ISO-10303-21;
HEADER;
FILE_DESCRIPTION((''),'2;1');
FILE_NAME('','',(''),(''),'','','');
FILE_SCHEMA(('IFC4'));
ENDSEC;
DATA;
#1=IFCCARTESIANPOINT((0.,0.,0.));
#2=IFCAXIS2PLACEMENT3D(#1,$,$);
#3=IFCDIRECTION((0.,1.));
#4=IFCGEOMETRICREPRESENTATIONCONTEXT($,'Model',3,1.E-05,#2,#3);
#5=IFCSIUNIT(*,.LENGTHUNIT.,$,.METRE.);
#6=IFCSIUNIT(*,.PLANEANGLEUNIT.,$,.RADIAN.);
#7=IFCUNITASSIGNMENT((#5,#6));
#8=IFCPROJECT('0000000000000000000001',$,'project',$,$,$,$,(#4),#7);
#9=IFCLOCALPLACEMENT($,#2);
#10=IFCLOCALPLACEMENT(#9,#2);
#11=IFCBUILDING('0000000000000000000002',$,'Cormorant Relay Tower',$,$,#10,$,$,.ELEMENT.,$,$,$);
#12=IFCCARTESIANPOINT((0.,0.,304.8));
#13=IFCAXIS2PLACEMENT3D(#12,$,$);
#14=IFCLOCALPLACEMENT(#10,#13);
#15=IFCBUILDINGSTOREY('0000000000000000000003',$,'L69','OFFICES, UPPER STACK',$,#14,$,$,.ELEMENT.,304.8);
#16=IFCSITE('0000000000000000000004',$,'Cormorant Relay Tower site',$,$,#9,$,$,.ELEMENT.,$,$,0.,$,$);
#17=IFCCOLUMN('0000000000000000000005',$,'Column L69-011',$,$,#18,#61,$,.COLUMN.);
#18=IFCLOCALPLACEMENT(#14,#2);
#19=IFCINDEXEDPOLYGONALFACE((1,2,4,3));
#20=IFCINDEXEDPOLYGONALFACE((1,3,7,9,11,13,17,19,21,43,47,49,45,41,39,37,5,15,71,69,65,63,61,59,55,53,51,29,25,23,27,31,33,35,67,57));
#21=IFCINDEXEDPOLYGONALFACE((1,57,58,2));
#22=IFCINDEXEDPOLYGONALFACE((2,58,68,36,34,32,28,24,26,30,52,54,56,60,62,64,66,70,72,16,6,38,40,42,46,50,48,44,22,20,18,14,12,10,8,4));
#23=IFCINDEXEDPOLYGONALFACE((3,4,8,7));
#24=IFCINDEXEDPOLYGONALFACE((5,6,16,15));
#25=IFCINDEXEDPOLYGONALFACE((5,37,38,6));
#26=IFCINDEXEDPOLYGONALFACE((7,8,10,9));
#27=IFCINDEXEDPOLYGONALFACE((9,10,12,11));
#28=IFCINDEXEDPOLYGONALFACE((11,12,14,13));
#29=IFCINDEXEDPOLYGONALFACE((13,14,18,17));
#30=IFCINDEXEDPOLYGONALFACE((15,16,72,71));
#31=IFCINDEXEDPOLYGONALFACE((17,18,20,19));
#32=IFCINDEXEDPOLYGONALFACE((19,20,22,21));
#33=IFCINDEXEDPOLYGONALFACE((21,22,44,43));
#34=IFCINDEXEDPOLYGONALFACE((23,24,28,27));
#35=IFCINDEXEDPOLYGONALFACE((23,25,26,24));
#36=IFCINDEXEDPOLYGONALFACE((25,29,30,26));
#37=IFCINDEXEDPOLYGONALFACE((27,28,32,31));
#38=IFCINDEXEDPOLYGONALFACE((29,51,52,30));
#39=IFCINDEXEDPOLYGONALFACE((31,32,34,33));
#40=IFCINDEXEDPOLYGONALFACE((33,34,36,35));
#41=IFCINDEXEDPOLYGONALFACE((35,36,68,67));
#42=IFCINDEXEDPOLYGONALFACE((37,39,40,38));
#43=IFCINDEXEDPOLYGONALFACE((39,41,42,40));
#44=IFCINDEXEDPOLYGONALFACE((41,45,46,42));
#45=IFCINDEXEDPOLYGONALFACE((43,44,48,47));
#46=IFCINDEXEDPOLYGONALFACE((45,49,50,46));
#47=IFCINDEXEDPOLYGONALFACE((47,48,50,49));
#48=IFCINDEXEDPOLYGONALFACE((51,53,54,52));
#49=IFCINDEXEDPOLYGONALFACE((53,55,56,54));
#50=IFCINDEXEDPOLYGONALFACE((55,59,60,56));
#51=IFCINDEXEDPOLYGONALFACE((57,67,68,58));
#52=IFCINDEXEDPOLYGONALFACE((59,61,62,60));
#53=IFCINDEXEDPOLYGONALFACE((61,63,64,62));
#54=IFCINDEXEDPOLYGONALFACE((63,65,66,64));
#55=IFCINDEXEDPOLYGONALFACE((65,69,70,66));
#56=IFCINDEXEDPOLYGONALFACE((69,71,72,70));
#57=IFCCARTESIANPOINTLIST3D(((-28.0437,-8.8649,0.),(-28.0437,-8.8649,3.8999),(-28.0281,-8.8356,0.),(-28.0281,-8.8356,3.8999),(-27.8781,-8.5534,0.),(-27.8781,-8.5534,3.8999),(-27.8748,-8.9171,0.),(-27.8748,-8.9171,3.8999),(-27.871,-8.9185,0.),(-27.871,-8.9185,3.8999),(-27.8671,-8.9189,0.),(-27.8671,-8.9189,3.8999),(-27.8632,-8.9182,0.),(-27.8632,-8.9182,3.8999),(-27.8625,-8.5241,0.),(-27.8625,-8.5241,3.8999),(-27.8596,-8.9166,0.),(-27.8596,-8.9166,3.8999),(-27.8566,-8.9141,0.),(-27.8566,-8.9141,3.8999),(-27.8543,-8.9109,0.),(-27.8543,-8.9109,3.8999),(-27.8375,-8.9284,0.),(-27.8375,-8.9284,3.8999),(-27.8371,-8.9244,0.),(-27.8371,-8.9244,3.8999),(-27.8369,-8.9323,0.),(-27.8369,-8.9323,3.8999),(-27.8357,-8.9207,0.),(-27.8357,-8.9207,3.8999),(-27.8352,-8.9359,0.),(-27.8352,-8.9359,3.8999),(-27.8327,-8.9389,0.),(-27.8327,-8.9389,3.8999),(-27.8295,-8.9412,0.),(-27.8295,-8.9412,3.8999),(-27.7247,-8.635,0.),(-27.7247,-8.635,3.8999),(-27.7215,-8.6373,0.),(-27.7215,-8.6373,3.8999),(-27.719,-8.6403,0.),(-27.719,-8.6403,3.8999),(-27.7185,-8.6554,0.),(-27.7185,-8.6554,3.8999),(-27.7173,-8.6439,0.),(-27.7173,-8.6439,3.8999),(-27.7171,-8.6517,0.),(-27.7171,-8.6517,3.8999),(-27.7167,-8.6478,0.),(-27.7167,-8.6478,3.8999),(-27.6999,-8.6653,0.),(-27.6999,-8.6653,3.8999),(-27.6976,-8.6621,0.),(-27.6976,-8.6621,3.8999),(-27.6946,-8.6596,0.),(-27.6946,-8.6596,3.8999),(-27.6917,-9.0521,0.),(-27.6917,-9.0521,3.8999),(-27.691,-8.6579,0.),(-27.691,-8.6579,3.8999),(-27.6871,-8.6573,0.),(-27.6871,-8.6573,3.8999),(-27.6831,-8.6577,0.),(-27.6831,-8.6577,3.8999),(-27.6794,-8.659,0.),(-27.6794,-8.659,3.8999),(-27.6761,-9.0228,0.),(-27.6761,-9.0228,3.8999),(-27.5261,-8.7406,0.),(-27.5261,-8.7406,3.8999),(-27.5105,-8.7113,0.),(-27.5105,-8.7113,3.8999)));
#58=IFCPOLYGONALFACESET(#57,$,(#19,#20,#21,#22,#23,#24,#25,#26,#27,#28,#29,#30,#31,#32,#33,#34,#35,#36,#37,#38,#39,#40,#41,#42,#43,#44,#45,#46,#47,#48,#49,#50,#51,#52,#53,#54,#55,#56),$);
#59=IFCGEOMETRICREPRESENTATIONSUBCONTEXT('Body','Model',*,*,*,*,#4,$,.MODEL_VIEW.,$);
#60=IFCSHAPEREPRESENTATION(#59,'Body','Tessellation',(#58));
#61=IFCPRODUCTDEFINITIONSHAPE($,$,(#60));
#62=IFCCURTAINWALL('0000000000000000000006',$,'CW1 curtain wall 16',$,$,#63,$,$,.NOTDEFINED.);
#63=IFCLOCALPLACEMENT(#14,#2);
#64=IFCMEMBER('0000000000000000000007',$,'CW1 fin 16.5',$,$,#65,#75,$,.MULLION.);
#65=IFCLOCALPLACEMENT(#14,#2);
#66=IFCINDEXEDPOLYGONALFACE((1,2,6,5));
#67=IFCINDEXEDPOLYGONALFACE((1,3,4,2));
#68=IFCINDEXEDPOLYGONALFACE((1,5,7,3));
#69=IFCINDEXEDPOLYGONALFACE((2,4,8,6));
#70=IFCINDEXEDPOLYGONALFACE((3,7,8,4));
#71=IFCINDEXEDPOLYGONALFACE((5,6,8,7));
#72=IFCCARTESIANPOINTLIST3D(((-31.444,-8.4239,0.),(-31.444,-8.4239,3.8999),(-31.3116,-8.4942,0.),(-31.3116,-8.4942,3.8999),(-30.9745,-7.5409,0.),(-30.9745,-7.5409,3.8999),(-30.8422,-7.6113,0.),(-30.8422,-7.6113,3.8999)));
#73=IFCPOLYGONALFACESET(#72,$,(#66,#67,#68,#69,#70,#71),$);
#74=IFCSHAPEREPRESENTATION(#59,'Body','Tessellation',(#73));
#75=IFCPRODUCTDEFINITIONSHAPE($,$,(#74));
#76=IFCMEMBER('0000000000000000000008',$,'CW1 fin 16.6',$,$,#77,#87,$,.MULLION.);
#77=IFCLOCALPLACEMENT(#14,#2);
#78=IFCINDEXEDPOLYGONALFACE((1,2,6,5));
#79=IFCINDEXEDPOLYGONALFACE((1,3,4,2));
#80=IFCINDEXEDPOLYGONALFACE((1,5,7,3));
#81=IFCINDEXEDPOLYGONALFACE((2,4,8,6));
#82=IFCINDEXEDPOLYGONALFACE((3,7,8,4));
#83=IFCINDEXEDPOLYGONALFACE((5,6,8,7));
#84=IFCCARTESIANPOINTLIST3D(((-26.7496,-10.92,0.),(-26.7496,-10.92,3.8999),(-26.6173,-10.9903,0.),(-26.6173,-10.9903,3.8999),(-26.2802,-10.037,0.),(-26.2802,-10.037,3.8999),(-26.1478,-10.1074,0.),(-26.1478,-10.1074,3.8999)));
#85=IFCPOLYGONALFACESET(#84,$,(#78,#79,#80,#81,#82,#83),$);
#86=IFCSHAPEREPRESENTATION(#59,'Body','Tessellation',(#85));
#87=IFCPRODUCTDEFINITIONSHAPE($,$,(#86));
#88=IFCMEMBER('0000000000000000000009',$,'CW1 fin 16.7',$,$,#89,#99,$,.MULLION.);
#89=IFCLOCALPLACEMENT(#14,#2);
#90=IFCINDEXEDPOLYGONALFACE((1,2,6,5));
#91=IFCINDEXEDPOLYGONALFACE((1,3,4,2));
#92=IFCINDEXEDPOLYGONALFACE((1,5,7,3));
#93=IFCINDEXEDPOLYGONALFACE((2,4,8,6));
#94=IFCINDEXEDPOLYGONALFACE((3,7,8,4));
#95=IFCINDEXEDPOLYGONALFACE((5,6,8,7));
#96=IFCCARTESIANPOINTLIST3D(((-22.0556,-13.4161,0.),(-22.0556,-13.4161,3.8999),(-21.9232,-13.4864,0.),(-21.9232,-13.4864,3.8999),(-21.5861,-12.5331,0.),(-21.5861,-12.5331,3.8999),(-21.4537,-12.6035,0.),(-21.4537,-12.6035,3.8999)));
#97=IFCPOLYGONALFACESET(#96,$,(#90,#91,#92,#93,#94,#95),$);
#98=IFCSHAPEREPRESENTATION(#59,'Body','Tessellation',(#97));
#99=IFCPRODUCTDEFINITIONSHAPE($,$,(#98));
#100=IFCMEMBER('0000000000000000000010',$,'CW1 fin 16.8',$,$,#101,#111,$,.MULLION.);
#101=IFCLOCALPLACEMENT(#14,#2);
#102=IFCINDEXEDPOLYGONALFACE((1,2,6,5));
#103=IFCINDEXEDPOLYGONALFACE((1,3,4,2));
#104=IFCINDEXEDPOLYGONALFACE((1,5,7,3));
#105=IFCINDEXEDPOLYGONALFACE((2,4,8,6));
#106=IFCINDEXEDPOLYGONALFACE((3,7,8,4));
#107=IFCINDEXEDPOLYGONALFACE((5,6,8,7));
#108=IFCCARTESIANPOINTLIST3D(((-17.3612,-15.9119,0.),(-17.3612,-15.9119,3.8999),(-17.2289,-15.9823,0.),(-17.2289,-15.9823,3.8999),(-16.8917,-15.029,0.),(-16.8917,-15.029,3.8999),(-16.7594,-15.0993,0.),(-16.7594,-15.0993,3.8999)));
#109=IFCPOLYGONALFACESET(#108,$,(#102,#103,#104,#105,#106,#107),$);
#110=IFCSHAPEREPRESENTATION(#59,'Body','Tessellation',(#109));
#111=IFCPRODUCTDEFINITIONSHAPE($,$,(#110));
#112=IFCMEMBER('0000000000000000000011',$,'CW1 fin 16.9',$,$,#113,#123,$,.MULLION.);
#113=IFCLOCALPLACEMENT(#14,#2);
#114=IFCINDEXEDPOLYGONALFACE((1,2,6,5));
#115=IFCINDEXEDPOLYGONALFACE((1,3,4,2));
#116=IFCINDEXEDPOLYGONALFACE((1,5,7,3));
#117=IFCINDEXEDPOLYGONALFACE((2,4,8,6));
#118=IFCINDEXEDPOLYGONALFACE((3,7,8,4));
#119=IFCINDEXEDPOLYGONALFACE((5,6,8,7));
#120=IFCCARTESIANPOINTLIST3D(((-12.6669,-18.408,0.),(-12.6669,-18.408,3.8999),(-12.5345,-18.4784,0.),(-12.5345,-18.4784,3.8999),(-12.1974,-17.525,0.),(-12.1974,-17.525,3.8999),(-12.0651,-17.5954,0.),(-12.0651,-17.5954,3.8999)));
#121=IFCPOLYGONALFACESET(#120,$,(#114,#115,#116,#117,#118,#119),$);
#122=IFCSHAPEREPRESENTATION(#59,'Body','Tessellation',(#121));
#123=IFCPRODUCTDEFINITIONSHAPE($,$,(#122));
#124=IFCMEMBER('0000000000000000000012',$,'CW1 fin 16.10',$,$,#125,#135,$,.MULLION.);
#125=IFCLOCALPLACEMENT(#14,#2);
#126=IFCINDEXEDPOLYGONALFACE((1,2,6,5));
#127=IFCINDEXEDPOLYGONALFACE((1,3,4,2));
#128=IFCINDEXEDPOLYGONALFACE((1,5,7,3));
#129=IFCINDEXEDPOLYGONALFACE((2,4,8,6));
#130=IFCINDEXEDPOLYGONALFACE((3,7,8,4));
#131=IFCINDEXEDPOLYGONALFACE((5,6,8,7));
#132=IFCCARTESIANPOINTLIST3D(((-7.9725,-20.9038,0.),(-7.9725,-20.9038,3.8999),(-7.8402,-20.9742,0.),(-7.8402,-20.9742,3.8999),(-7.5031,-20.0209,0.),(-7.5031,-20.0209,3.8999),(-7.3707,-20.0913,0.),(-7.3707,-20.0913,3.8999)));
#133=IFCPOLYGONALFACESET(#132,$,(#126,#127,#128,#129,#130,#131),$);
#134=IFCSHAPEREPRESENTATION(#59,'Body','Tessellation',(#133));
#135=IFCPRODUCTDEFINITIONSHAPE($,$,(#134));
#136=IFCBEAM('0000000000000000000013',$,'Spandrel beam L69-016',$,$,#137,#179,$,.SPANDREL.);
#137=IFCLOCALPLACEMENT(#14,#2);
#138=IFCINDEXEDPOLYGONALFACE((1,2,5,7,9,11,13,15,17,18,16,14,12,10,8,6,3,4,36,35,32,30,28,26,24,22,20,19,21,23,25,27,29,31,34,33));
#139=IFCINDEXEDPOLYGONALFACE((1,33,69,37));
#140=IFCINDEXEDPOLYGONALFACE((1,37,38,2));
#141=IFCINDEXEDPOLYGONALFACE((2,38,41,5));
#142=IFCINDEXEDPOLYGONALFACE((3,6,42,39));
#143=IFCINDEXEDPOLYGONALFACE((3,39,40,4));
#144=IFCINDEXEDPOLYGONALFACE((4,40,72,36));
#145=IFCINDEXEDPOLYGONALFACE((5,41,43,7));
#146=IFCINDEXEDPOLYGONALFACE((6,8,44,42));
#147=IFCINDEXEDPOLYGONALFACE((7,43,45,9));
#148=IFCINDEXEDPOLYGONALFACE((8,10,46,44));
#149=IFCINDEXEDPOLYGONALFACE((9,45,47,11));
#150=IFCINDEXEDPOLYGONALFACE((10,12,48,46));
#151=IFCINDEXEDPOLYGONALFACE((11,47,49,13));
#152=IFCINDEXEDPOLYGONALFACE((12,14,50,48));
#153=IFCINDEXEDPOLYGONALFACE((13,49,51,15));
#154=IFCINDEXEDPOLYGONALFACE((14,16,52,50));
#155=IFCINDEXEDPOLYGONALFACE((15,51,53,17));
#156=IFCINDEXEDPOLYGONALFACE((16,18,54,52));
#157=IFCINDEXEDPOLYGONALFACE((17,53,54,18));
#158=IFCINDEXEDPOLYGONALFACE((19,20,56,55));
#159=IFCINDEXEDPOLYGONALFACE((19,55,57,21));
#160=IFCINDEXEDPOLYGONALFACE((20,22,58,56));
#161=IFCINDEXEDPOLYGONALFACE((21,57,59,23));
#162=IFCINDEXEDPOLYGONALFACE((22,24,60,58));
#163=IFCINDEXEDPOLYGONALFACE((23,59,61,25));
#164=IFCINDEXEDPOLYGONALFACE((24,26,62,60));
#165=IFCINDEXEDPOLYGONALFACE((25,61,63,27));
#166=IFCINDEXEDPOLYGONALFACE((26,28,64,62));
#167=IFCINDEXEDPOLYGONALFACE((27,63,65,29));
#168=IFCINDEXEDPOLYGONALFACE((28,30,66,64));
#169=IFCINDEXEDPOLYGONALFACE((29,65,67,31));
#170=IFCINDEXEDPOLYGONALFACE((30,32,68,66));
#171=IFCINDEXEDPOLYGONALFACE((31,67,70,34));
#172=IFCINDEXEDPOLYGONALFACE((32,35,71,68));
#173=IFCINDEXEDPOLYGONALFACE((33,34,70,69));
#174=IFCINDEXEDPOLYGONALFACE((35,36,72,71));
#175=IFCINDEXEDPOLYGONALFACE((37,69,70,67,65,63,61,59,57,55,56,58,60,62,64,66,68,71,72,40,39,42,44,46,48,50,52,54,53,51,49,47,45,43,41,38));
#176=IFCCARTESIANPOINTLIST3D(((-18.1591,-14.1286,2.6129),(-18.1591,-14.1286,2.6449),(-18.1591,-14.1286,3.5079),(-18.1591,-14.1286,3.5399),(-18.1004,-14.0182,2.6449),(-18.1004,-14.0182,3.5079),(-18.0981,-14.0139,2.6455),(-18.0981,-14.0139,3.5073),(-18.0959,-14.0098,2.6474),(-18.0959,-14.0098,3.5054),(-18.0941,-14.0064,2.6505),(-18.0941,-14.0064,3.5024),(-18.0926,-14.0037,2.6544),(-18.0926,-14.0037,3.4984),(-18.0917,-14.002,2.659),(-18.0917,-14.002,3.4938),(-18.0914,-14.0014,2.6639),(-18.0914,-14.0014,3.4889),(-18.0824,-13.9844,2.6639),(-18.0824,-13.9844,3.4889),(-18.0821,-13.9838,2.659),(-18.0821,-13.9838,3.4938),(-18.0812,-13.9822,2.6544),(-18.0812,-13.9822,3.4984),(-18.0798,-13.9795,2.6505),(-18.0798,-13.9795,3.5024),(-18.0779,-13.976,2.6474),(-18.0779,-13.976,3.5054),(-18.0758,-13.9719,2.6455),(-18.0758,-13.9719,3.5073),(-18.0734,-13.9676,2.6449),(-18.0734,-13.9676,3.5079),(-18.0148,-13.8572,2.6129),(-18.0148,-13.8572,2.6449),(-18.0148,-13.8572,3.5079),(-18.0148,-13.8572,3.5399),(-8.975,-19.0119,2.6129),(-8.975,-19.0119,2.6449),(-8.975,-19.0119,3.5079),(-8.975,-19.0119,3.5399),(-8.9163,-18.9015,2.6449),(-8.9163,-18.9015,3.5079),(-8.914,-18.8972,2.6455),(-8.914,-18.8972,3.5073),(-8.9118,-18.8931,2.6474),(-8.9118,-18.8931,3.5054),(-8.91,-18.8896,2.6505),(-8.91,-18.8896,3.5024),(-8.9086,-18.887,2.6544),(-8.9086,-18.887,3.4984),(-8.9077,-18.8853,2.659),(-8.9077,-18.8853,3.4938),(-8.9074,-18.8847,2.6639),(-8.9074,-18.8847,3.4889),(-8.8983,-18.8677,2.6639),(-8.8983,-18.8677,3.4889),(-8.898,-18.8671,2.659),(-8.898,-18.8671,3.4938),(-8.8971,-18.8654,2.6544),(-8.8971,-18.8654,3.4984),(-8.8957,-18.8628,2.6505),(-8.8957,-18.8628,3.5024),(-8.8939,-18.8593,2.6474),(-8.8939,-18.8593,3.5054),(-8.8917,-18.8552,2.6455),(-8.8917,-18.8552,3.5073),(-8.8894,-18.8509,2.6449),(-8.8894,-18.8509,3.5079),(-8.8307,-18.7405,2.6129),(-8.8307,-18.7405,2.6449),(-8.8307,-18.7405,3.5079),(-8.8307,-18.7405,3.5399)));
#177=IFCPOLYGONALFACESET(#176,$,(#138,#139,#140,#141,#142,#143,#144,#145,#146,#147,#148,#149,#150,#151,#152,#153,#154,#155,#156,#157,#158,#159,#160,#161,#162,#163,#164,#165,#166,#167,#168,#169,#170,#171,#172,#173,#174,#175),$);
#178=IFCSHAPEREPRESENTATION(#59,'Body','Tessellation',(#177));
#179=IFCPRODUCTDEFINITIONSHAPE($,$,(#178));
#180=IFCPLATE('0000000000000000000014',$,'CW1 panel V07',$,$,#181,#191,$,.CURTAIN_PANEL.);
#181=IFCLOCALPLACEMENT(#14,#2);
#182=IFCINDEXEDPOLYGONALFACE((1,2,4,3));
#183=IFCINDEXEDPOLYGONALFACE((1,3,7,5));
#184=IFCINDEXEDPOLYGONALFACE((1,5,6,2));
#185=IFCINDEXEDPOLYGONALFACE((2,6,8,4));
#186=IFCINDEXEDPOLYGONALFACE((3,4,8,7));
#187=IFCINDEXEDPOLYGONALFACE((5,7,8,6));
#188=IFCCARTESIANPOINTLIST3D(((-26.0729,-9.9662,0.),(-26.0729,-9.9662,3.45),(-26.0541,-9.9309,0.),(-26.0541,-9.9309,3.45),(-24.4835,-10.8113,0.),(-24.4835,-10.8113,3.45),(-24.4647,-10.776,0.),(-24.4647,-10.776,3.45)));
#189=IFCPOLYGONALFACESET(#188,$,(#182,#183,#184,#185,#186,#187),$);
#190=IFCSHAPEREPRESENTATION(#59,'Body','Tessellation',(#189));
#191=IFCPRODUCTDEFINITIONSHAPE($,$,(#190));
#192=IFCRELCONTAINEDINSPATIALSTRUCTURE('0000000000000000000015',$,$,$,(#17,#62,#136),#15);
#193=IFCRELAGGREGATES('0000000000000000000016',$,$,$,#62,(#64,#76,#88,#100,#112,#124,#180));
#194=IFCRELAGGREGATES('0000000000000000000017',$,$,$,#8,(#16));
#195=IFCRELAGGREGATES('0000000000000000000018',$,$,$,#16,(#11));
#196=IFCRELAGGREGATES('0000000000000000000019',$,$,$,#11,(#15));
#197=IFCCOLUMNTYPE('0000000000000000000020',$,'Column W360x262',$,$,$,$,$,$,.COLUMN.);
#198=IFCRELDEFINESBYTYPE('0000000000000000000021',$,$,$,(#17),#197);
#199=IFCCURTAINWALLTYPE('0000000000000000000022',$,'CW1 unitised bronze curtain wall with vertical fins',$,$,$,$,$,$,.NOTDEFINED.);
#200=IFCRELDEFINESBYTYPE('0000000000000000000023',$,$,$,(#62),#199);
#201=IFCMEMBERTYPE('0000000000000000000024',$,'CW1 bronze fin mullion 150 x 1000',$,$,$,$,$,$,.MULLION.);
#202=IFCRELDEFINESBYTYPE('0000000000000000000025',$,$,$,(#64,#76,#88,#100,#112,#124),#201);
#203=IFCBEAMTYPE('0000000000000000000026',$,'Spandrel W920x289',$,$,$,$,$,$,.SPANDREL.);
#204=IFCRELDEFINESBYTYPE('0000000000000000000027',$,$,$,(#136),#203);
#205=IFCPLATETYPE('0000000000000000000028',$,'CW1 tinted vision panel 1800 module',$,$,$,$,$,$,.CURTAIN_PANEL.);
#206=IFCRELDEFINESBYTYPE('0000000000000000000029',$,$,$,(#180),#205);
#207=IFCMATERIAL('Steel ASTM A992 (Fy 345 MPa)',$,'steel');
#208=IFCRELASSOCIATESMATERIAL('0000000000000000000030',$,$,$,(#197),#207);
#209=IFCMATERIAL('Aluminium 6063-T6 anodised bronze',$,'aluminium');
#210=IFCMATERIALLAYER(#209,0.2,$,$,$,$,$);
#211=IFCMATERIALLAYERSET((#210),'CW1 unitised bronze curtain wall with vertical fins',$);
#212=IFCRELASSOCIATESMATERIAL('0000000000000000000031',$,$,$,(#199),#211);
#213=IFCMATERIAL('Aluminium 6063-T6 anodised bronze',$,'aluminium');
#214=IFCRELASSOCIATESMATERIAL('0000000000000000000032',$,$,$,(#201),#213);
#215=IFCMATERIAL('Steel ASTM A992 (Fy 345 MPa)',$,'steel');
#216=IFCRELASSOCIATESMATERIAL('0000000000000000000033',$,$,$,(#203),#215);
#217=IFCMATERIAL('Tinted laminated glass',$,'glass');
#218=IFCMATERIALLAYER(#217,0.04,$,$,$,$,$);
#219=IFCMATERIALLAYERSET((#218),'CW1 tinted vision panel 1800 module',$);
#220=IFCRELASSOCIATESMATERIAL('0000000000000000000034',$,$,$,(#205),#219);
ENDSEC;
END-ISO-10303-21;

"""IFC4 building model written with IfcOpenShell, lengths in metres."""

from ifc_helpers import new_model, si_unit, direction, frame, origin, origin_2d, place, context, subcontext, project, spatial, rectangle, i_section, extrude, material, layer, layer_set, material_profile, profile_set, type_object, element, aggregate, save


model = new_model("IFC4")

# Units and contexts
model_context = context("Model", 3, precision=1e-05, world=origin(), true_north=direction((0.0, 1.0)))
body_context = subcontext(model_context, "Body", "Model", "MODEL_VIEW")
ifc_project = project(units=[si_unit("LENGTHUNIT", "METRE"), si_unit("PLANEANGLEUNIT", "RADIAN")], contexts=[model_context])

# Site, building, storey
site_placement = place(None, origin())
site = spatial("IfcSite", under=ifc_project, at=site_placement, Name="Cormorant Relay Tower site", CompositionType="ELEMENT", RefElevation=0.0)
building_placement = place(site_placement, origin())
building = spatial("IfcBuilding", under=site, at=building_placement, Name="Cormorant Relay Tower", CompositionType="ELEMENT")
storey_placement = place(building_placement, frame((0.0, 0.0, 304.8)))
storey = spatial("IfcBuildingStorey", under=building, at=storey_placement, Name="L69", Description="OFFICES, UPPER STACK", CompositionType="ELEMENT", Elevation=304.8)

# Column
ifc_material_1 = material(Name="Steel ASTM A992 (Fy 345 MPa)", Category="steel")
ifc_material_profile_1 = material_profile(ifc_material_1, i_section(OverallWidth=0.3987, OverallDepth=0.386, WebThickness=0.021, FlangeThickness=0.0332, FilletRadius=0.0151, at=origin_2d()), Name="W360x262")
ifc_profile_set_1 = profile_set([ifc_material_profile_1], Name="Steel ASTM A992 (Fy 345 MPa)")
column_type_1 = type_object("IfcColumnType", Name="Column W360x262", PredefinedType="COLUMN", material=ifc_profile_set_1)
for number, where, z_axis, x_axis, name in (
    (1, (-27.7771, -8.7881, 0.0), (0.0, 0.0, 1.0), (0.882948, -0.469472, 0.0), "Column L69-011"),
):
    element("IfcColumn", number, at=place(storey_placement, frame(where, z_axis=z_axis, x_axis=x_axis)), inside=storey, type_object=column_type_1, Name=name, PredefinedType="COLUMN", context=body_context, shape_type="SweptSolid", body=[
        extrude(i_section(OverallWidth=0.3987, OverallDepth=0.386, WebThickness=0.021, FlangeThickness=0.0332, FilletRadius=0.0151, at=origin_2d()), origin(), (0.0, 0.0, 1.0), 3.8999),
    ])

# Curtain wall, members
ifc_material_2 = material(Name="Aluminium 6063-T6 anodised bronze", Category="aluminium")
ifc_layer_1 = layer(ifc_material_2, 0.2)
ifc_layer_set_1 = layer_set([ifc_layer_1], Name="CW1 unitised bronze curtain wall with vertical fins")
curtain_wall_type = type_object("IfcCurtainWallType", Name="CW1 unitised bronze curtain wall with vertical fins", PredefinedType="NOTDEFINED", material=ifc_layer_set_1)
curtain_wall_placement = place(storey_placement, origin())
curtain_wall = element("IfcCurtainWall", 2, at=curtain_wall_placement, inside=storey, type_object=curtain_wall_type, Name="CW1 curtain wall 16", PredefinedType="NOTDEFINED")
ifc_material_3 = material(Name="Aluminium 6063-T6 anodised bronze", Category="aluminium")
ifc_material_profile_2 = material_profile(ifc_material_3, rectangle(XDim=0.1499, YDim=1.0, at=origin_2d()), Name="AL 150x1000")
ifc_profile_set_2 = profile_set([ifc_material_profile_2], Name="Aluminium 6063-T6 anodised bronze")
member_type = type_object("IfcMemberType", Name="CW1 bronze fin mullion 150 x 1000", PredefinedType="MULLION", material=ifc_profile_set_2)
member_1_placement = place(storey_placement, frame((-31.1431, -8.0176, 0.0), z_axis=(0.0, 0.0, 1.0), x_axis=(0.882948, -0.469472, 0.0)))
member_1 = element("IfcMember", 3, at=member_1_placement, type_object=member_type, Name="CW1 fin 16.5", PredefinedType="MULLION", context=body_context, shape_type="SweptSolid", body=[
    extrude(rectangle(XDim=0.1499, YDim=1.0, at=origin_2d()), origin(), (0.0, 0.0, 1.0), 3.8999),
])
member_2_placement = place(storey_placement, frame((-26.4487, -10.5137, 0.0), z_axis=(0.0, 0.0, 1.0), x_axis=(0.882948, -0.469472, 0.0)))
member_2 = element("IfcMember", 4, at=member_2_placement, type_object=member_type, Name="CW1 fin 16.6", PredefinedType="MULLION", context=body_context, shape_type="SweptSolid", body=[
    extrude(rectangle(XDim=0.1499, YDim=1.0, at=origin_2d()), origin(), (0.0, 0.0, 1.0), 3.8999),
])
member_3_placement = place(storey_placement, frame((-21.7546, -13.0098, 0.0), z_axis=(0.0, 0.0, 1.0), x_axis=(0.882948, -0.469472, 0.0)))
member_3 = element("IfcMember", 5, at=member_3_placement, type_object=member_type, Name="CW1 fin 16.7", PredefinedType="MULLION", context=body_context, shape_type="SweptSolid", body=[
    extrude(rectangle(XDim=0.1499, YDim=1.0, at=origin_2d()), origin(), (0.0, 0.0, 1.0), 3.8999),
])
member_4_placement = place(storey_placement, frame((-17.0603, -15.5056, 0.0), z_axis=(0.0, 0.0, 1.0), x_axis=(0.882948, -0.469472, 0.0)))
member_4 = element("IfcMember", 6, at=member_4_placement, type_object=member_type, Name="CW1 fin 16.8", PredefinedType="MULLION", context=body_context, shape_type="SweptSolid", body=[
    extrude(rectangle(XDim=0.1499, YDim=1.0, at=origin_2d()), origin(), (0.0, 0.0, 1.0), 3.8999),
])
member_5_placement = place(storey_placement, frame((-12.366, -18.0017, 0.0), z_axis=(0.0, 0.0, 1.0), x_axis=(0.882948, -0.469472, 0.0)))
member_5 = element("IfcMember", 7, at=member_5_placement, type_object=member_type, Name="CW1 fin 16.9", PredefinedType="MULLION", context=body_context, shape_type="SweptSolid", body=[
    extrude(rectangle(XDim=0.1499, YDim=1.0, at=origin_2d()), origin(), (0.0, 0.0, 1.0), 3.8999),
])
member_6_placement = place(storey_placement, frame((-7.6716, -20.4976, 0.0), z_axis=(0.0, 0.0, 1.0), x_axis=(0.882948, -0.469472, 0.0)))
member_6 = element("IfcMember", 8, at=member_6_placement, type_object=member_type, Name="CW1 fin 16.10", PredefinedType="MULLION", context=body_context, shape_type="SweptSolid", body=[
    extrude(rectangle(XDim=0.1499, YDim=1.0, at=origin_2d()), origin(), (0.0, 0.0, 1.0), 3.8999),
])

# Beam
ifc_material_4 = material(Name="Steel ASTM A992 (Fy 345 MPa)", Category="steel")
ifc_material_profile_3 = material_profile(ifc_material_4, i_section(OverallWidth=0.3074, OverallDepth=0.927, WebThickness=0.0193, FlangeThickness=0.032, FilletRadius=0.019, at=origin_2d()), Name="W920x289")
ifc_profile_set_3 = profile_set([ifc_material_profile_3], Name="Steel ASTM A992 (Fy 345 MPa)")
beam_type = type_object("IfcBeamType", Name="Spandrel W920x289", PredefinedType="SPANDREL", material=ifc_profile_set_3)
beam_placement = place(storey_placement, frame((-18.0869, -13.9929, 3.0764), z_axis=(0.882946, -0.469474, 0.0), x_axis=(0.469474, 0.882946, 0.0)))
element("IfcBeam", 9, at=beam_placement, inside=storey, type_object=beam_type, Name="Spandrel beam L69-016", PredefinedType="SPANDREL", context=body_context, shape_type="SweptSolid", body=[
    extrude(i_section(OverallWidth=0.3074, OverallDepth=0.927, WebThickness=0.0193, FlangeThickness=0.032, FilletRadius=0.019, at=origin_2d()), origin(), (0.0, 0.0, 1.0), 10.4016),
])

# Plate
ifc_material_5 = material(Name="Tinted laminated glass", Category="glass")
ifc_layer_2 = layer(ifc_material_5, 0.04)
ifc_layer_set_2 = layer_set([ifc_layer_2], Name="CW1 tinted vision panel 1800 module")
plate_type_1 = type_object("IfcPlateType", Name="CW1 tinted vision panel 1800 module", PredefinedType="CURTAIN_PANEL", material=ifc_layer_set_2)
plate_1_placement = place(storey_placement, frame((-25.2688, -10.3711, 0.0), z_axis=(0.0, 0.0, 1.0), x_axis=(0.882948, -0.469472, 0.0)))
plate_1 = element("IfcPlate", 10, at=plate_1_placement, type_object=plate_type_1, Name="CW1 panel V07", PredefinedType="CURTAIN_PANEL", context=body_context, shape_type="SweptSolid", body=[
    extrude(rectangle(XDim=1.8, YDim=0.04, at=origin_2d()), origin(), (0.0, 0.0, 1.0), 3.45),
])

aggregate(curtain_wall, [member_1, member_2, member_3, member_4, member_5, member_6, plate_1])

save(model, "model.ifc")
